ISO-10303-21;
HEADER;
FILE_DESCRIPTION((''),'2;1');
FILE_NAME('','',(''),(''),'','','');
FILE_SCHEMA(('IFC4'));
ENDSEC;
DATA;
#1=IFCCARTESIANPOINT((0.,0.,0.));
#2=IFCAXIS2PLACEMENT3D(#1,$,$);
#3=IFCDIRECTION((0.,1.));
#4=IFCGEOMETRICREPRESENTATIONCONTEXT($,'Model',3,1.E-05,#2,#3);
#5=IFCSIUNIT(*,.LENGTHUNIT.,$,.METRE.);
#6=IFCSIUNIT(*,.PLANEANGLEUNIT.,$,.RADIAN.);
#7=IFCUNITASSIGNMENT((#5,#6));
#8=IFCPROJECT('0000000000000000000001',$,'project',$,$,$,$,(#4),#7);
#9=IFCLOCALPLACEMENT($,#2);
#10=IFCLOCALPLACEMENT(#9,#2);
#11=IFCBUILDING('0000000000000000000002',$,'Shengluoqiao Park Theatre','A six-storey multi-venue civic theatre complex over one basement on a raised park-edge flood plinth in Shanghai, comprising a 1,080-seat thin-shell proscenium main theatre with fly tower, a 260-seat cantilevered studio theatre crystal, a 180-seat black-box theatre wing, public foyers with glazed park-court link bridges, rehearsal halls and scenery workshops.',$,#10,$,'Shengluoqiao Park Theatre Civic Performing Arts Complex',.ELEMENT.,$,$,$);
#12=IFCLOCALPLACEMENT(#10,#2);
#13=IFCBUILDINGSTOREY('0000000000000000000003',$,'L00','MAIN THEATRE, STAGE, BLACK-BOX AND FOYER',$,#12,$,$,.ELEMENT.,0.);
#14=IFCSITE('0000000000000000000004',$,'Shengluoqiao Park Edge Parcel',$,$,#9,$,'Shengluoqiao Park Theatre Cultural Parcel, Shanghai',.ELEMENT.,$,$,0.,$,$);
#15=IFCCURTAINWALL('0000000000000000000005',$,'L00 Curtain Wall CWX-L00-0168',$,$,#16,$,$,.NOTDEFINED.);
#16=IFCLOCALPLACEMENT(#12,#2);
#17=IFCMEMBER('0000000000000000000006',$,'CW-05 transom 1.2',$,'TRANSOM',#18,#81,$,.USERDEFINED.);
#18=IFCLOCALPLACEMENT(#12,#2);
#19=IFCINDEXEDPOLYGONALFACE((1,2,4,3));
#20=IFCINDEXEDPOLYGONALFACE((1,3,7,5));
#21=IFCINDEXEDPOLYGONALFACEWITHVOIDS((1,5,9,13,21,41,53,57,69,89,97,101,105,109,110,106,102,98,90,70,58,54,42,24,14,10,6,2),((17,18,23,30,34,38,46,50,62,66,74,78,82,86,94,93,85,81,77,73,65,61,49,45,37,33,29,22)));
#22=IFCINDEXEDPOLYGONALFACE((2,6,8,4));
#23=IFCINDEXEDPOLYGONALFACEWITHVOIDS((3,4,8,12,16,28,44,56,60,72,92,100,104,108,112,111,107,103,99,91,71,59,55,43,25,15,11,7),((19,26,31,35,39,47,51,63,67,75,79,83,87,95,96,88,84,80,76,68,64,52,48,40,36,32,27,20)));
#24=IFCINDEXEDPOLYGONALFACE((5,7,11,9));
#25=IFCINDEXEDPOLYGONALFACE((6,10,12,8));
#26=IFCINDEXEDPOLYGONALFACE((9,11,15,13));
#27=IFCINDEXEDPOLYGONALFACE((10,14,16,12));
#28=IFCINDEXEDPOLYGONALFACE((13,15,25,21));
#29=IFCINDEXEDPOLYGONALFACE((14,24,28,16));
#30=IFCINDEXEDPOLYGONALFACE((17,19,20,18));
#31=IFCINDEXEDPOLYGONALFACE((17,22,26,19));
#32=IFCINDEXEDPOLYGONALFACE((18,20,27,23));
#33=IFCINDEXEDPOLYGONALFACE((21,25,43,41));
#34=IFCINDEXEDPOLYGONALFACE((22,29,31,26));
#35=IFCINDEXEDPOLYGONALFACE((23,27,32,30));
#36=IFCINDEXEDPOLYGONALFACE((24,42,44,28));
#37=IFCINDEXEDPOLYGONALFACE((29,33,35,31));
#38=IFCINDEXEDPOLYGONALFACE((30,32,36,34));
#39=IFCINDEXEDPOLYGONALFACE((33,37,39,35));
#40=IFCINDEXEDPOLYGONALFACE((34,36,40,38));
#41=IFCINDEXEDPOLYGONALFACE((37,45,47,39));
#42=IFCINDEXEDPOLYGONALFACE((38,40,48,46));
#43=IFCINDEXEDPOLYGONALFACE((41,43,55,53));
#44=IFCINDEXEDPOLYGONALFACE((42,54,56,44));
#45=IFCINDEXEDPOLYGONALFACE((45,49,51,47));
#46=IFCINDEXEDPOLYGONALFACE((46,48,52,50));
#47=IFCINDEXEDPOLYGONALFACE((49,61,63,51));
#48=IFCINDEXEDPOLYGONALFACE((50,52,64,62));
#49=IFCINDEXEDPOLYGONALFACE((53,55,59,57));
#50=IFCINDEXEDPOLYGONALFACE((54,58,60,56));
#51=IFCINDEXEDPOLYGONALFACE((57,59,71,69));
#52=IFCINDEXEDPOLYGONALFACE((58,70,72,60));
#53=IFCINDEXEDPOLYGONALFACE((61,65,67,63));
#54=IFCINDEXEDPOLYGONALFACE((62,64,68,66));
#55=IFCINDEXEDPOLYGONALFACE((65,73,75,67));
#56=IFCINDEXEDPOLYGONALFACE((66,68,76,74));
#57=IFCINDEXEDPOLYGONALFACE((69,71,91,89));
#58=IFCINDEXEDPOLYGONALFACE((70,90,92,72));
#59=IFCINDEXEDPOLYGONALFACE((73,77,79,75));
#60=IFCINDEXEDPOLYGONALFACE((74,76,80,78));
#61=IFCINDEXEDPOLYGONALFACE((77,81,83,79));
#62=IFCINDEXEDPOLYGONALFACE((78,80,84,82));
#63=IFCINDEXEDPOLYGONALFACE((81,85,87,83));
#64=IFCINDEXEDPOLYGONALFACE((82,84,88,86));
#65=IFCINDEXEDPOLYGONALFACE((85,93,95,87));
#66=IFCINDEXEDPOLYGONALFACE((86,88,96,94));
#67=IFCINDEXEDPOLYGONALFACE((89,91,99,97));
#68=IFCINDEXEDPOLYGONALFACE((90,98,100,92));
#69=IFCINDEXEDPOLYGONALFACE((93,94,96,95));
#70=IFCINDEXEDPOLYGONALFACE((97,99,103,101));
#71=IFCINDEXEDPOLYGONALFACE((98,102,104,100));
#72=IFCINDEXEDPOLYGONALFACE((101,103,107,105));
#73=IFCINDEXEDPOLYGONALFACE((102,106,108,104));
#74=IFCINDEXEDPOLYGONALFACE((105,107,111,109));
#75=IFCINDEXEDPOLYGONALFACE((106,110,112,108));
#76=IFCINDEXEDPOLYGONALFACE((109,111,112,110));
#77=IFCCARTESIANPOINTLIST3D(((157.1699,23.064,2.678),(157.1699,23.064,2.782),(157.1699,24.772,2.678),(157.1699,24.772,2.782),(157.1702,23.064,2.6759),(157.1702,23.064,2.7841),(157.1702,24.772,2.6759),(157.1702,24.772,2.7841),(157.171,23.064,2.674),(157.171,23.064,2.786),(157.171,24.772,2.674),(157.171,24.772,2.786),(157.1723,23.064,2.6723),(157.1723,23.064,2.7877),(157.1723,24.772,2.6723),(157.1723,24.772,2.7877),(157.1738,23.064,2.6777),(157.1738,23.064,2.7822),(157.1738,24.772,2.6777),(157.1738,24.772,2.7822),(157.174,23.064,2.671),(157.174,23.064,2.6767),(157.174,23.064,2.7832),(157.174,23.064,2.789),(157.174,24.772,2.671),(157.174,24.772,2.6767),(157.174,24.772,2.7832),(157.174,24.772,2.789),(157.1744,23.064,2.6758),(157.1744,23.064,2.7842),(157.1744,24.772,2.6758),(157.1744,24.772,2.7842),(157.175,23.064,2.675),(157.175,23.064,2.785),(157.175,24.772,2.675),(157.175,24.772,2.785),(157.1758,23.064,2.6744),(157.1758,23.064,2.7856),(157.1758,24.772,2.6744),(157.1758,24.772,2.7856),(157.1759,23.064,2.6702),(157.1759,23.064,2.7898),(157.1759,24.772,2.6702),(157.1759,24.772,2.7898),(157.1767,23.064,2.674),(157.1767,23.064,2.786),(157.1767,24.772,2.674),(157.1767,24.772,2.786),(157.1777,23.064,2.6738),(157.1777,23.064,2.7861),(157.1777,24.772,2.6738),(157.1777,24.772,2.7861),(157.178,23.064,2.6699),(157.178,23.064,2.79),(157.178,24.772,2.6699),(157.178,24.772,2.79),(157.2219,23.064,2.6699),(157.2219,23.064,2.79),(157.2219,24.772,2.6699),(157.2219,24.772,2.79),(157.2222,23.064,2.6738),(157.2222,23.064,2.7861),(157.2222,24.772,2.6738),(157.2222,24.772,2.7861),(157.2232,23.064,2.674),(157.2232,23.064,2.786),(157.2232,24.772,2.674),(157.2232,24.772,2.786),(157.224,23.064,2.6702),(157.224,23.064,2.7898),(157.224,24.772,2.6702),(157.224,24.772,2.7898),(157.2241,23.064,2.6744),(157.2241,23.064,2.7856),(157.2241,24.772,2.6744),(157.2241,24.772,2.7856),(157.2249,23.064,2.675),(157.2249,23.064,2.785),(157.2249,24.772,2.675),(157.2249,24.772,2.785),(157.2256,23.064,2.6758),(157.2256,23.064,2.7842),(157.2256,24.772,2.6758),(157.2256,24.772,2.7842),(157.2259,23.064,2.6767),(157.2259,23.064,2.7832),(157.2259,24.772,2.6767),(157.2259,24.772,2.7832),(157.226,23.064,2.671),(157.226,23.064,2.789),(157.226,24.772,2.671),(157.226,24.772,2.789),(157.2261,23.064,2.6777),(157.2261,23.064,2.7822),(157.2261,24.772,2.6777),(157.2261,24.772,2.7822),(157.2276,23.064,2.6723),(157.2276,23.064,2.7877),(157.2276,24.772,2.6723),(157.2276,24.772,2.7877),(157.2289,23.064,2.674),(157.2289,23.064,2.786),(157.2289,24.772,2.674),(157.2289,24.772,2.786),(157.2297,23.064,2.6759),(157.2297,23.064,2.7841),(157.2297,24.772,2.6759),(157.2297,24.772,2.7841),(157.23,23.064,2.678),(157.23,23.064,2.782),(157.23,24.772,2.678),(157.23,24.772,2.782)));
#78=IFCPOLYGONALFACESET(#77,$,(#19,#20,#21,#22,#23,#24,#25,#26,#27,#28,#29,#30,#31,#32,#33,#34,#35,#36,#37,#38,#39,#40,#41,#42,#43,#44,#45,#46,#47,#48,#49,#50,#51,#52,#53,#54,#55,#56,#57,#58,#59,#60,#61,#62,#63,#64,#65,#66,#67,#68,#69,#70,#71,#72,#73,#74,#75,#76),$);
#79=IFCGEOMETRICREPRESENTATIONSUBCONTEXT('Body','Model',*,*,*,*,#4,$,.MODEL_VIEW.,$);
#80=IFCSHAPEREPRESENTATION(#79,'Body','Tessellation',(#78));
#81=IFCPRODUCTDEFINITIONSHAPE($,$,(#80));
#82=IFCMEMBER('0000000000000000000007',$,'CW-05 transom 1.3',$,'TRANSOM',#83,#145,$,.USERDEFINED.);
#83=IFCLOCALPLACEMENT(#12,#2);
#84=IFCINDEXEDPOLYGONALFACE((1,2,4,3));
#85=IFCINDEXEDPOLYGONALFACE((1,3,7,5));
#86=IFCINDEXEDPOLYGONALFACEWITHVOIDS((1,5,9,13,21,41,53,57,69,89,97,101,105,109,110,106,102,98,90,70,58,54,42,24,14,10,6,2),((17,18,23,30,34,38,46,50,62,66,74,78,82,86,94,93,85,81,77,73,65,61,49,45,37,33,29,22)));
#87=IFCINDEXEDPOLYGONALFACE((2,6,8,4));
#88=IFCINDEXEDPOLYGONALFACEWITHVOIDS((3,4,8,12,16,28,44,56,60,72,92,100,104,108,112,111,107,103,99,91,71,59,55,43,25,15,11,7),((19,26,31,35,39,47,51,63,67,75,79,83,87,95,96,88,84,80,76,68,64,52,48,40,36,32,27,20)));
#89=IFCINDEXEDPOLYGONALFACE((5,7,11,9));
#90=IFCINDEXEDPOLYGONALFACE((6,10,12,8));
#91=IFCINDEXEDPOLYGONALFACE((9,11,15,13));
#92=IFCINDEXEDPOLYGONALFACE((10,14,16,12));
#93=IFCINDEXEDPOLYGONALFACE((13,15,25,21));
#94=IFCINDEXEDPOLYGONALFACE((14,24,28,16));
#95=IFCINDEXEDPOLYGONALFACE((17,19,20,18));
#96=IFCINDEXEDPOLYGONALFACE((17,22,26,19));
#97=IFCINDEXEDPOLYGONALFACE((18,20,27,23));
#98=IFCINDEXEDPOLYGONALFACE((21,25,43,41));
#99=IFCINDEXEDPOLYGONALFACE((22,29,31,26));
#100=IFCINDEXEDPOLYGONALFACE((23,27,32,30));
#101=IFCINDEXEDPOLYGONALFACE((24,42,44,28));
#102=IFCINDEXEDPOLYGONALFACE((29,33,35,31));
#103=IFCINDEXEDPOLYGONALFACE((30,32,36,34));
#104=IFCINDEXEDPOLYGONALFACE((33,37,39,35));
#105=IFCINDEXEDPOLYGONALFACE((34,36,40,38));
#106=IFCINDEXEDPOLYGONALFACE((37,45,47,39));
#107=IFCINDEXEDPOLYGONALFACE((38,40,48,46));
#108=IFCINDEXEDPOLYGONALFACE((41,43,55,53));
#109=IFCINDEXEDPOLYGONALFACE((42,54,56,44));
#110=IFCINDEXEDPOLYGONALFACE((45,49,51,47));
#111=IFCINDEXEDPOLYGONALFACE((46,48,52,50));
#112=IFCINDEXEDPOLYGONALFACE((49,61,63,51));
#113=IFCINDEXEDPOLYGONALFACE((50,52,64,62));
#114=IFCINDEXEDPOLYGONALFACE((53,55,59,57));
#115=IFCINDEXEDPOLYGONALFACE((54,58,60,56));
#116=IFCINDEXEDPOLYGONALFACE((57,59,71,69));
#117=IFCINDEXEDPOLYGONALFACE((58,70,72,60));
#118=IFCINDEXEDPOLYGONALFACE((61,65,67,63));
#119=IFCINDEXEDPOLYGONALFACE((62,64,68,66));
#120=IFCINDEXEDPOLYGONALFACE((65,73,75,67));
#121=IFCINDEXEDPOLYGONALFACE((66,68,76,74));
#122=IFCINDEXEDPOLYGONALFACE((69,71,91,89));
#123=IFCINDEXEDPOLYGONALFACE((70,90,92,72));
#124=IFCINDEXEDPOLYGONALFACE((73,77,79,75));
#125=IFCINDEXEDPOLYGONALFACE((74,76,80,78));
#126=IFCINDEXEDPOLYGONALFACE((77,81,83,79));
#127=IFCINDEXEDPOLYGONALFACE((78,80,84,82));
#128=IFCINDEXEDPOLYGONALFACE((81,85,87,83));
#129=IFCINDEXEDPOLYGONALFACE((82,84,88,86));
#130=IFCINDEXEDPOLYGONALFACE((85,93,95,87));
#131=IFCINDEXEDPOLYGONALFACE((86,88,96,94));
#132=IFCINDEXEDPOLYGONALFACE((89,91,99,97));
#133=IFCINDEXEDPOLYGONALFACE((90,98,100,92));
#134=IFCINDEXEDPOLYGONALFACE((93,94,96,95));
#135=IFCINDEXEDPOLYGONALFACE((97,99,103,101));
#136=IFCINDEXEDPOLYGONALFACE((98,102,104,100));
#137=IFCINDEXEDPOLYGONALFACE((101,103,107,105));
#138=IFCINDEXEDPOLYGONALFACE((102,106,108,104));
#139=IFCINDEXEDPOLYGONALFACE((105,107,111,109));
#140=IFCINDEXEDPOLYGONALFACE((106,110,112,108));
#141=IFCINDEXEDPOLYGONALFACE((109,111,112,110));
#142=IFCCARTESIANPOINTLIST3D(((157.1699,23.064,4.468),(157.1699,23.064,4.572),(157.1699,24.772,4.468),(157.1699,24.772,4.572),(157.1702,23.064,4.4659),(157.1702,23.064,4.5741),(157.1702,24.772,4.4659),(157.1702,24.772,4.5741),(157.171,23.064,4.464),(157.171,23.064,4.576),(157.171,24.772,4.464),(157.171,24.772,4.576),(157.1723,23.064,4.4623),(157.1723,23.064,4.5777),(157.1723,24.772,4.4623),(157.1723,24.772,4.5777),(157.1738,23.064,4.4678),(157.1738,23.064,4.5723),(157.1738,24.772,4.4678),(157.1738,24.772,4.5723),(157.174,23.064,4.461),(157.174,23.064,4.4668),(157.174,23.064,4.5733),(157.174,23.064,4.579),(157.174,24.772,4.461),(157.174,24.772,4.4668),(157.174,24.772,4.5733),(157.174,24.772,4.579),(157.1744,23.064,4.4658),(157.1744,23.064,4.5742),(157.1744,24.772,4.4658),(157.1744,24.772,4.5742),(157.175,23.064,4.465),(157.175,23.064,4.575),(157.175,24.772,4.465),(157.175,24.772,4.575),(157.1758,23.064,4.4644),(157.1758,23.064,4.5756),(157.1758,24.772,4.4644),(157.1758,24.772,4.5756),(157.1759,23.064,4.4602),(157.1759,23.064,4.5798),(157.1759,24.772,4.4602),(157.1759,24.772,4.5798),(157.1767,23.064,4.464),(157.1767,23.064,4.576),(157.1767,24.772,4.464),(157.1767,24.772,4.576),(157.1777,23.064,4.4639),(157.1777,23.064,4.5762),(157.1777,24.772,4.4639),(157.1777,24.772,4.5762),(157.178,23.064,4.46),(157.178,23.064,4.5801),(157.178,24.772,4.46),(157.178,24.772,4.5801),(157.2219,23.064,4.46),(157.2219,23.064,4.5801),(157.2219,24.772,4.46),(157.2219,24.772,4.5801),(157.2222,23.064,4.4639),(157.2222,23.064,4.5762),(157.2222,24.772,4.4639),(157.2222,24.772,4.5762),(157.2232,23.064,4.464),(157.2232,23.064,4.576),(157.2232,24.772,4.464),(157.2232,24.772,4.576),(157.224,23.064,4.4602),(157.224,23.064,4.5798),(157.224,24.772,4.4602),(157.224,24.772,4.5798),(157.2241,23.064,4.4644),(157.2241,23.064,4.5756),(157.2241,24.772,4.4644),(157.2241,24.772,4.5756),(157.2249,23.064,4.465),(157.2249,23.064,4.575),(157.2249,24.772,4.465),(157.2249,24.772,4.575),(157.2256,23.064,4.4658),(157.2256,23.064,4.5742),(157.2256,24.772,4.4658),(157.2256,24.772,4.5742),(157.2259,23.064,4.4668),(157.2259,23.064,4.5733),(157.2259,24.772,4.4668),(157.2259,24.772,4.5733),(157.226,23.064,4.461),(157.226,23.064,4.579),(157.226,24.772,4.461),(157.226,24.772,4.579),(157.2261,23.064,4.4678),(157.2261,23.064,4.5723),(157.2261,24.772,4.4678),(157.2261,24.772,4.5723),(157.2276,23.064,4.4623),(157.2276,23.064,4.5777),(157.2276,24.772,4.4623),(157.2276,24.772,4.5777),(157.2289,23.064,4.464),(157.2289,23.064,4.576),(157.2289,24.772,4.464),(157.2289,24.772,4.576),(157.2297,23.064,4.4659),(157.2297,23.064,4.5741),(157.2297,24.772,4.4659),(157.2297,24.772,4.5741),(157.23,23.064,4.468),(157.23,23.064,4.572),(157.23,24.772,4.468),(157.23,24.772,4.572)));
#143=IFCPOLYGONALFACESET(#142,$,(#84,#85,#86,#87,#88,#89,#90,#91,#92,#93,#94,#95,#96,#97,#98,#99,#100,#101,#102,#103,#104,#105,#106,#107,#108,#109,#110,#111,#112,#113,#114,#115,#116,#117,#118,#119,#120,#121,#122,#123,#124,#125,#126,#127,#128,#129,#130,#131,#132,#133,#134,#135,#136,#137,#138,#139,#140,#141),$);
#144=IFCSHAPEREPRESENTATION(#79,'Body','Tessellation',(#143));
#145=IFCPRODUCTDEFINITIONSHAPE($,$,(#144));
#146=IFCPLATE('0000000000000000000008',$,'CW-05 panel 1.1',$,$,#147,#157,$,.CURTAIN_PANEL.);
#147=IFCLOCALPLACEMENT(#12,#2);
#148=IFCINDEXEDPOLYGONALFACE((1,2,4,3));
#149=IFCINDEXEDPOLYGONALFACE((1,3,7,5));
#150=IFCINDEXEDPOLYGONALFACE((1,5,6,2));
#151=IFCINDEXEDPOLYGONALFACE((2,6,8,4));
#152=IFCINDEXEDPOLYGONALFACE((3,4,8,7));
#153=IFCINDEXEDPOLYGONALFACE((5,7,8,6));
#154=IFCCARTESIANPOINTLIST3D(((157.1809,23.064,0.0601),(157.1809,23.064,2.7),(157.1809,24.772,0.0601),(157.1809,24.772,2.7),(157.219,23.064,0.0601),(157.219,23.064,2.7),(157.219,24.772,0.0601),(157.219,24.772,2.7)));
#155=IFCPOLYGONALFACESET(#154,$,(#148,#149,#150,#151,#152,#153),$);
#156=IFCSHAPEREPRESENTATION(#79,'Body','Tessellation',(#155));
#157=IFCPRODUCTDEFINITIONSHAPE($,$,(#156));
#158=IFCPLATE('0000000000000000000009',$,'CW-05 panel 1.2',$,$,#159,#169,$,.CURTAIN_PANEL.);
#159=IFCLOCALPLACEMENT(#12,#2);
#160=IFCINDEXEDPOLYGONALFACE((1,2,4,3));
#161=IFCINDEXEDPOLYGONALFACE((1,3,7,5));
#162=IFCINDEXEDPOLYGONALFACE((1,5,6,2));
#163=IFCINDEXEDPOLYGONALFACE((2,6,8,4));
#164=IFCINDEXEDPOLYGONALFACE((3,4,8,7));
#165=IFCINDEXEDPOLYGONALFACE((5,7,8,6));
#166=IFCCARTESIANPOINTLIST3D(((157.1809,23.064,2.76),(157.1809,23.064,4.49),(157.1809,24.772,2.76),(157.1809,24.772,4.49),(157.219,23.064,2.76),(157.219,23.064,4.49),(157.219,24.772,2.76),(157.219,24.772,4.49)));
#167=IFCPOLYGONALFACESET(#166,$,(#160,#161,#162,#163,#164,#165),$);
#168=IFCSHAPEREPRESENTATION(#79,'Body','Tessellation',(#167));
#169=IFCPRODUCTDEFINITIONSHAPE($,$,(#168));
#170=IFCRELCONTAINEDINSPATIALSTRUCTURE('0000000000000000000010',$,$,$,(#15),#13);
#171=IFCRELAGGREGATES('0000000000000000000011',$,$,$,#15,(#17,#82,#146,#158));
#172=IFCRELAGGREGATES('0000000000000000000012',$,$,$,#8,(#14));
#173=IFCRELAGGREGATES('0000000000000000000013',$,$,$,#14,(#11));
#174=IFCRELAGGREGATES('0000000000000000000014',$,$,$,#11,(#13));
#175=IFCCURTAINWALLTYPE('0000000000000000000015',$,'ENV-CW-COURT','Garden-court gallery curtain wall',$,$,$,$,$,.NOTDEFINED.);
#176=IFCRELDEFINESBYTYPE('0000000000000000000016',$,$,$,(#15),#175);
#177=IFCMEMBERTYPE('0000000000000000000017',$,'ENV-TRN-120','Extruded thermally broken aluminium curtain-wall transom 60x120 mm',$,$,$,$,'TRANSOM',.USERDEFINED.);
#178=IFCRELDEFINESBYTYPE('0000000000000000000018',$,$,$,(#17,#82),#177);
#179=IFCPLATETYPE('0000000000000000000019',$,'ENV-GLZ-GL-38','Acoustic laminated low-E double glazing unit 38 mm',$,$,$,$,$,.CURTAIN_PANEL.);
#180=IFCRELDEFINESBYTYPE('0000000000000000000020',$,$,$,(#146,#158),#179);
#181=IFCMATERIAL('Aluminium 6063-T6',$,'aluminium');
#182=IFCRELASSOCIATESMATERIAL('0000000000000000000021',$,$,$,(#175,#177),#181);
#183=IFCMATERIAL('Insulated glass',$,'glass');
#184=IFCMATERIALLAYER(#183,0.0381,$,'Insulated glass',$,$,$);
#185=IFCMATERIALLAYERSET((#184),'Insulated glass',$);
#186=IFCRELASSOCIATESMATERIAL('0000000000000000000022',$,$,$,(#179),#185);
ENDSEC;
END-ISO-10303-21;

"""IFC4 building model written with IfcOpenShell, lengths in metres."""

from ifc_helpers import new_model, si_unit, direction, frame, origin, origin_2d, place, context, subcontext, project, spatial, rectangle, hollow_rectangle, extrude, material, layer, layer_set, material_profile, profile_set, type_object, element, aggregate, save


model = new_model("IFC4")

# Units and contexts
model_context = context("Model", 3, precision=1e-05, world=origin(), true_north=direction((0.0, 1.0)))
body_context = subcontext(model_context, "Body", "Model", "MODEL_VIEW")
ifc_project = project(units=[si_unit("LENGTHUNIT", "METRE"), si_unit("PLANEANGLEUNIT", "RADIAN")], contexts=[model_context])

# Site, building, storey
site_placement = place(None, origin())
site = spatial("IfcSite", under=ifc_project, at=site_placement, Name="Shengluoqiao Park Edge Parcel", LongName="Shengluoqiao Park Theatre Cultural Parcel, Shanghai", CompositionType="ELEMENT", RefElevation=0.0)
building_placement = place(site_placement, origin())
building = spatial("IfcBuilding", under=site, at=building_placement, Name="Shengluoqiao Park Theatre", Description="A six-storey multi-venue civic theatre complex over one basement on a raised park-edge flood plinth in Shanghai, comprising a 1,080-seat thin-shell proscenium main theatre with fly tower, a 260-seat cantilevered studio theatre crystal, a 180-seat black-box theatre wing, public foyers with glazed park-court link bridges, rehearsal halls and scenery workshops.", LongName="Shengluoqiao Park Theatre Civic Performing Arts Complex", CompositionType="ELEMENT")
storey_placement = place(building_placement, origin())
storey = spatial("IfcBuildingStorey", under=building, at=storey_placement, Name="L00", Description="MAIN THEATRE, STAGE, BLACK-BOX AND FOYER", CompositionType="ELEMENT", Elevation=0.0)

# Curtain wall
ifc_material_1 = material(Name="Aluminium 6063-T6", Category="aluminium")
curtain_wall_type = type_object("IfcCurtainWallType", Name="ENV-CW-COURT", Description="Garden-court gallery curtain wall", PredefinedType="NOTDEFINED", material=ifc_material_1)
curtain_wall_1_placement = place(storey_placement, origin())
curtain_wall_1 = element("IfcCurtainWall", 1, at=curtain_wall_1_placement, inside=storey, type_object=curtain_wall_type, Name="L00 Curtain Wall CWX-L00-0168", PredefinedType="NOTDEFINED")

# Members
ifc_material_profile_1 = material_profile(ifc_material_1, hollow_rectangle(XDim=0.0601, YDim=0.1201, WallThickness=0.0039, InnerFilletRadius=0.0039, OuterFilletRadius=0.0081, at=origin_2d()), Name="ALU TRANSOM 120x60x4")
ifc_profile_set_1 = profile_set([ifc_material_profile_1], Name="Aluminium 6063-T6")
member_type_1 = type_object("IfcMemberType", Name="ENV-TRN-120", Description="Extruded thermally broken aluminium curtain-wall transom 60x120 mm", ElementType="TRANSOM", PredefinedType="USERDEFINED", material=ifc_profile_set_1)
member_1_placement = place(storey_placement, frame((157.2, 23.064, 2.73), z_axis=(0.0, 1.0, 0.0), x_axis=(-1.0, 0.0, 0.0)))
member_1 = element("IfcMember", 2, at=member_1_placement, type_object=member_type_1, Name="CW-05 transom 1.2", ObjectType="TRANSOM", PredefinedType="USERDEFINED", context=body_context, shape_type="SweptSolid", body=[
    extrude(hollow_rectangle(XDim=0.0601, YDim=0.1201, WallThickness=0.0039, InnerFilletRadius=0.0039, OuterFilletRadius=0.0081, at=origin_2d()), origin(), (0.0, 0.0, 1.0), 1.708),
])
member_2_placement = place(storey_placement, frame((157.2, 23.064, 4.52), z_axis=(0.0, 1.0, 0.0), x_axis=(-1.0, 0.0, 0.0)))
member_2 = element("IfcMember", 3, at=member_2_placement, type_object=member_type_1, Name="CW-05 transom 1.3", ObjectType="TRANSOM", PredefinedType="USERDEFINED", context=body_context, shape_type="SweptSolid", body=[
    extrude(hollow_rectangle(XDim=0.0601, YDim=0.1201, WallThickness=0.0039, InnerFilletRadius=0.0039, OuterFilletRadius=0.0081, at=origin_2d()), origin(), (0.0, 0.0, 1.0), 1.708),
])

# Plates
ifc_material_2 = material(Name="Insulated glass", Category="glass")
ifc_layer_1 = layer(ifc_material_2, 0.0381, Name="Insulated glass")
ifc_layer_set_1 = layer_set([ifc_layer_1], Name="Insulated glass")
plate_type = type_object("IfcPlateType", Name="ENV-GLZ-GL-38", Description="Acoustic laminated low-E double glazing unit 38 mm", PredefinedType="CURTAIN_PANEL", material=ifc_layer_set_1)
plate_1_placement = place(storey_placement, frame((157.2, 23.918, 0.0601), z_axis=(0.0, 0.0, 1.0), x_axis=(0.0, 1.0, 0.0)))
plate_1 = element("IfcPlate", 4, at=plate_1_placement, type_object=plate_type, Name="CW-05 panel 1.1", PredefinedType="CURTAIN_PANEL", context=body_context, shape_type="SweptSolid", body=[
    extrude(rectangle(XDim=1.708, YDim=0.0381, at=origin_2d()), origin(), (0.0, 0.0, 1.0), 2.6399),
])
plate_2_placement = place(storey_placement, frame((157.2, 23.918, 2.76), z_axis=(0.0, 0.0, 1.0), x_axis=(0.0, 1.0, 0.0)))
plate_2 = element("IfcPlate", 5, at=plate_2_placement, type_object=plate_type, Name="CW-05 panel 1.2", PredefinedType="CURTAIN_PANEL", context=body_context, shape_type="SweptSolid", body=[
    extrude(rectangle(XDim=1.708, YDim=0.0381, at=origin_2d()), origin(), (0.0, 0.0, 1.0), 1.73),
])
aggregate(curtain_wall_1, [member_1, member_2, plate_1, plate_2])

save(model, "model.ifc")
